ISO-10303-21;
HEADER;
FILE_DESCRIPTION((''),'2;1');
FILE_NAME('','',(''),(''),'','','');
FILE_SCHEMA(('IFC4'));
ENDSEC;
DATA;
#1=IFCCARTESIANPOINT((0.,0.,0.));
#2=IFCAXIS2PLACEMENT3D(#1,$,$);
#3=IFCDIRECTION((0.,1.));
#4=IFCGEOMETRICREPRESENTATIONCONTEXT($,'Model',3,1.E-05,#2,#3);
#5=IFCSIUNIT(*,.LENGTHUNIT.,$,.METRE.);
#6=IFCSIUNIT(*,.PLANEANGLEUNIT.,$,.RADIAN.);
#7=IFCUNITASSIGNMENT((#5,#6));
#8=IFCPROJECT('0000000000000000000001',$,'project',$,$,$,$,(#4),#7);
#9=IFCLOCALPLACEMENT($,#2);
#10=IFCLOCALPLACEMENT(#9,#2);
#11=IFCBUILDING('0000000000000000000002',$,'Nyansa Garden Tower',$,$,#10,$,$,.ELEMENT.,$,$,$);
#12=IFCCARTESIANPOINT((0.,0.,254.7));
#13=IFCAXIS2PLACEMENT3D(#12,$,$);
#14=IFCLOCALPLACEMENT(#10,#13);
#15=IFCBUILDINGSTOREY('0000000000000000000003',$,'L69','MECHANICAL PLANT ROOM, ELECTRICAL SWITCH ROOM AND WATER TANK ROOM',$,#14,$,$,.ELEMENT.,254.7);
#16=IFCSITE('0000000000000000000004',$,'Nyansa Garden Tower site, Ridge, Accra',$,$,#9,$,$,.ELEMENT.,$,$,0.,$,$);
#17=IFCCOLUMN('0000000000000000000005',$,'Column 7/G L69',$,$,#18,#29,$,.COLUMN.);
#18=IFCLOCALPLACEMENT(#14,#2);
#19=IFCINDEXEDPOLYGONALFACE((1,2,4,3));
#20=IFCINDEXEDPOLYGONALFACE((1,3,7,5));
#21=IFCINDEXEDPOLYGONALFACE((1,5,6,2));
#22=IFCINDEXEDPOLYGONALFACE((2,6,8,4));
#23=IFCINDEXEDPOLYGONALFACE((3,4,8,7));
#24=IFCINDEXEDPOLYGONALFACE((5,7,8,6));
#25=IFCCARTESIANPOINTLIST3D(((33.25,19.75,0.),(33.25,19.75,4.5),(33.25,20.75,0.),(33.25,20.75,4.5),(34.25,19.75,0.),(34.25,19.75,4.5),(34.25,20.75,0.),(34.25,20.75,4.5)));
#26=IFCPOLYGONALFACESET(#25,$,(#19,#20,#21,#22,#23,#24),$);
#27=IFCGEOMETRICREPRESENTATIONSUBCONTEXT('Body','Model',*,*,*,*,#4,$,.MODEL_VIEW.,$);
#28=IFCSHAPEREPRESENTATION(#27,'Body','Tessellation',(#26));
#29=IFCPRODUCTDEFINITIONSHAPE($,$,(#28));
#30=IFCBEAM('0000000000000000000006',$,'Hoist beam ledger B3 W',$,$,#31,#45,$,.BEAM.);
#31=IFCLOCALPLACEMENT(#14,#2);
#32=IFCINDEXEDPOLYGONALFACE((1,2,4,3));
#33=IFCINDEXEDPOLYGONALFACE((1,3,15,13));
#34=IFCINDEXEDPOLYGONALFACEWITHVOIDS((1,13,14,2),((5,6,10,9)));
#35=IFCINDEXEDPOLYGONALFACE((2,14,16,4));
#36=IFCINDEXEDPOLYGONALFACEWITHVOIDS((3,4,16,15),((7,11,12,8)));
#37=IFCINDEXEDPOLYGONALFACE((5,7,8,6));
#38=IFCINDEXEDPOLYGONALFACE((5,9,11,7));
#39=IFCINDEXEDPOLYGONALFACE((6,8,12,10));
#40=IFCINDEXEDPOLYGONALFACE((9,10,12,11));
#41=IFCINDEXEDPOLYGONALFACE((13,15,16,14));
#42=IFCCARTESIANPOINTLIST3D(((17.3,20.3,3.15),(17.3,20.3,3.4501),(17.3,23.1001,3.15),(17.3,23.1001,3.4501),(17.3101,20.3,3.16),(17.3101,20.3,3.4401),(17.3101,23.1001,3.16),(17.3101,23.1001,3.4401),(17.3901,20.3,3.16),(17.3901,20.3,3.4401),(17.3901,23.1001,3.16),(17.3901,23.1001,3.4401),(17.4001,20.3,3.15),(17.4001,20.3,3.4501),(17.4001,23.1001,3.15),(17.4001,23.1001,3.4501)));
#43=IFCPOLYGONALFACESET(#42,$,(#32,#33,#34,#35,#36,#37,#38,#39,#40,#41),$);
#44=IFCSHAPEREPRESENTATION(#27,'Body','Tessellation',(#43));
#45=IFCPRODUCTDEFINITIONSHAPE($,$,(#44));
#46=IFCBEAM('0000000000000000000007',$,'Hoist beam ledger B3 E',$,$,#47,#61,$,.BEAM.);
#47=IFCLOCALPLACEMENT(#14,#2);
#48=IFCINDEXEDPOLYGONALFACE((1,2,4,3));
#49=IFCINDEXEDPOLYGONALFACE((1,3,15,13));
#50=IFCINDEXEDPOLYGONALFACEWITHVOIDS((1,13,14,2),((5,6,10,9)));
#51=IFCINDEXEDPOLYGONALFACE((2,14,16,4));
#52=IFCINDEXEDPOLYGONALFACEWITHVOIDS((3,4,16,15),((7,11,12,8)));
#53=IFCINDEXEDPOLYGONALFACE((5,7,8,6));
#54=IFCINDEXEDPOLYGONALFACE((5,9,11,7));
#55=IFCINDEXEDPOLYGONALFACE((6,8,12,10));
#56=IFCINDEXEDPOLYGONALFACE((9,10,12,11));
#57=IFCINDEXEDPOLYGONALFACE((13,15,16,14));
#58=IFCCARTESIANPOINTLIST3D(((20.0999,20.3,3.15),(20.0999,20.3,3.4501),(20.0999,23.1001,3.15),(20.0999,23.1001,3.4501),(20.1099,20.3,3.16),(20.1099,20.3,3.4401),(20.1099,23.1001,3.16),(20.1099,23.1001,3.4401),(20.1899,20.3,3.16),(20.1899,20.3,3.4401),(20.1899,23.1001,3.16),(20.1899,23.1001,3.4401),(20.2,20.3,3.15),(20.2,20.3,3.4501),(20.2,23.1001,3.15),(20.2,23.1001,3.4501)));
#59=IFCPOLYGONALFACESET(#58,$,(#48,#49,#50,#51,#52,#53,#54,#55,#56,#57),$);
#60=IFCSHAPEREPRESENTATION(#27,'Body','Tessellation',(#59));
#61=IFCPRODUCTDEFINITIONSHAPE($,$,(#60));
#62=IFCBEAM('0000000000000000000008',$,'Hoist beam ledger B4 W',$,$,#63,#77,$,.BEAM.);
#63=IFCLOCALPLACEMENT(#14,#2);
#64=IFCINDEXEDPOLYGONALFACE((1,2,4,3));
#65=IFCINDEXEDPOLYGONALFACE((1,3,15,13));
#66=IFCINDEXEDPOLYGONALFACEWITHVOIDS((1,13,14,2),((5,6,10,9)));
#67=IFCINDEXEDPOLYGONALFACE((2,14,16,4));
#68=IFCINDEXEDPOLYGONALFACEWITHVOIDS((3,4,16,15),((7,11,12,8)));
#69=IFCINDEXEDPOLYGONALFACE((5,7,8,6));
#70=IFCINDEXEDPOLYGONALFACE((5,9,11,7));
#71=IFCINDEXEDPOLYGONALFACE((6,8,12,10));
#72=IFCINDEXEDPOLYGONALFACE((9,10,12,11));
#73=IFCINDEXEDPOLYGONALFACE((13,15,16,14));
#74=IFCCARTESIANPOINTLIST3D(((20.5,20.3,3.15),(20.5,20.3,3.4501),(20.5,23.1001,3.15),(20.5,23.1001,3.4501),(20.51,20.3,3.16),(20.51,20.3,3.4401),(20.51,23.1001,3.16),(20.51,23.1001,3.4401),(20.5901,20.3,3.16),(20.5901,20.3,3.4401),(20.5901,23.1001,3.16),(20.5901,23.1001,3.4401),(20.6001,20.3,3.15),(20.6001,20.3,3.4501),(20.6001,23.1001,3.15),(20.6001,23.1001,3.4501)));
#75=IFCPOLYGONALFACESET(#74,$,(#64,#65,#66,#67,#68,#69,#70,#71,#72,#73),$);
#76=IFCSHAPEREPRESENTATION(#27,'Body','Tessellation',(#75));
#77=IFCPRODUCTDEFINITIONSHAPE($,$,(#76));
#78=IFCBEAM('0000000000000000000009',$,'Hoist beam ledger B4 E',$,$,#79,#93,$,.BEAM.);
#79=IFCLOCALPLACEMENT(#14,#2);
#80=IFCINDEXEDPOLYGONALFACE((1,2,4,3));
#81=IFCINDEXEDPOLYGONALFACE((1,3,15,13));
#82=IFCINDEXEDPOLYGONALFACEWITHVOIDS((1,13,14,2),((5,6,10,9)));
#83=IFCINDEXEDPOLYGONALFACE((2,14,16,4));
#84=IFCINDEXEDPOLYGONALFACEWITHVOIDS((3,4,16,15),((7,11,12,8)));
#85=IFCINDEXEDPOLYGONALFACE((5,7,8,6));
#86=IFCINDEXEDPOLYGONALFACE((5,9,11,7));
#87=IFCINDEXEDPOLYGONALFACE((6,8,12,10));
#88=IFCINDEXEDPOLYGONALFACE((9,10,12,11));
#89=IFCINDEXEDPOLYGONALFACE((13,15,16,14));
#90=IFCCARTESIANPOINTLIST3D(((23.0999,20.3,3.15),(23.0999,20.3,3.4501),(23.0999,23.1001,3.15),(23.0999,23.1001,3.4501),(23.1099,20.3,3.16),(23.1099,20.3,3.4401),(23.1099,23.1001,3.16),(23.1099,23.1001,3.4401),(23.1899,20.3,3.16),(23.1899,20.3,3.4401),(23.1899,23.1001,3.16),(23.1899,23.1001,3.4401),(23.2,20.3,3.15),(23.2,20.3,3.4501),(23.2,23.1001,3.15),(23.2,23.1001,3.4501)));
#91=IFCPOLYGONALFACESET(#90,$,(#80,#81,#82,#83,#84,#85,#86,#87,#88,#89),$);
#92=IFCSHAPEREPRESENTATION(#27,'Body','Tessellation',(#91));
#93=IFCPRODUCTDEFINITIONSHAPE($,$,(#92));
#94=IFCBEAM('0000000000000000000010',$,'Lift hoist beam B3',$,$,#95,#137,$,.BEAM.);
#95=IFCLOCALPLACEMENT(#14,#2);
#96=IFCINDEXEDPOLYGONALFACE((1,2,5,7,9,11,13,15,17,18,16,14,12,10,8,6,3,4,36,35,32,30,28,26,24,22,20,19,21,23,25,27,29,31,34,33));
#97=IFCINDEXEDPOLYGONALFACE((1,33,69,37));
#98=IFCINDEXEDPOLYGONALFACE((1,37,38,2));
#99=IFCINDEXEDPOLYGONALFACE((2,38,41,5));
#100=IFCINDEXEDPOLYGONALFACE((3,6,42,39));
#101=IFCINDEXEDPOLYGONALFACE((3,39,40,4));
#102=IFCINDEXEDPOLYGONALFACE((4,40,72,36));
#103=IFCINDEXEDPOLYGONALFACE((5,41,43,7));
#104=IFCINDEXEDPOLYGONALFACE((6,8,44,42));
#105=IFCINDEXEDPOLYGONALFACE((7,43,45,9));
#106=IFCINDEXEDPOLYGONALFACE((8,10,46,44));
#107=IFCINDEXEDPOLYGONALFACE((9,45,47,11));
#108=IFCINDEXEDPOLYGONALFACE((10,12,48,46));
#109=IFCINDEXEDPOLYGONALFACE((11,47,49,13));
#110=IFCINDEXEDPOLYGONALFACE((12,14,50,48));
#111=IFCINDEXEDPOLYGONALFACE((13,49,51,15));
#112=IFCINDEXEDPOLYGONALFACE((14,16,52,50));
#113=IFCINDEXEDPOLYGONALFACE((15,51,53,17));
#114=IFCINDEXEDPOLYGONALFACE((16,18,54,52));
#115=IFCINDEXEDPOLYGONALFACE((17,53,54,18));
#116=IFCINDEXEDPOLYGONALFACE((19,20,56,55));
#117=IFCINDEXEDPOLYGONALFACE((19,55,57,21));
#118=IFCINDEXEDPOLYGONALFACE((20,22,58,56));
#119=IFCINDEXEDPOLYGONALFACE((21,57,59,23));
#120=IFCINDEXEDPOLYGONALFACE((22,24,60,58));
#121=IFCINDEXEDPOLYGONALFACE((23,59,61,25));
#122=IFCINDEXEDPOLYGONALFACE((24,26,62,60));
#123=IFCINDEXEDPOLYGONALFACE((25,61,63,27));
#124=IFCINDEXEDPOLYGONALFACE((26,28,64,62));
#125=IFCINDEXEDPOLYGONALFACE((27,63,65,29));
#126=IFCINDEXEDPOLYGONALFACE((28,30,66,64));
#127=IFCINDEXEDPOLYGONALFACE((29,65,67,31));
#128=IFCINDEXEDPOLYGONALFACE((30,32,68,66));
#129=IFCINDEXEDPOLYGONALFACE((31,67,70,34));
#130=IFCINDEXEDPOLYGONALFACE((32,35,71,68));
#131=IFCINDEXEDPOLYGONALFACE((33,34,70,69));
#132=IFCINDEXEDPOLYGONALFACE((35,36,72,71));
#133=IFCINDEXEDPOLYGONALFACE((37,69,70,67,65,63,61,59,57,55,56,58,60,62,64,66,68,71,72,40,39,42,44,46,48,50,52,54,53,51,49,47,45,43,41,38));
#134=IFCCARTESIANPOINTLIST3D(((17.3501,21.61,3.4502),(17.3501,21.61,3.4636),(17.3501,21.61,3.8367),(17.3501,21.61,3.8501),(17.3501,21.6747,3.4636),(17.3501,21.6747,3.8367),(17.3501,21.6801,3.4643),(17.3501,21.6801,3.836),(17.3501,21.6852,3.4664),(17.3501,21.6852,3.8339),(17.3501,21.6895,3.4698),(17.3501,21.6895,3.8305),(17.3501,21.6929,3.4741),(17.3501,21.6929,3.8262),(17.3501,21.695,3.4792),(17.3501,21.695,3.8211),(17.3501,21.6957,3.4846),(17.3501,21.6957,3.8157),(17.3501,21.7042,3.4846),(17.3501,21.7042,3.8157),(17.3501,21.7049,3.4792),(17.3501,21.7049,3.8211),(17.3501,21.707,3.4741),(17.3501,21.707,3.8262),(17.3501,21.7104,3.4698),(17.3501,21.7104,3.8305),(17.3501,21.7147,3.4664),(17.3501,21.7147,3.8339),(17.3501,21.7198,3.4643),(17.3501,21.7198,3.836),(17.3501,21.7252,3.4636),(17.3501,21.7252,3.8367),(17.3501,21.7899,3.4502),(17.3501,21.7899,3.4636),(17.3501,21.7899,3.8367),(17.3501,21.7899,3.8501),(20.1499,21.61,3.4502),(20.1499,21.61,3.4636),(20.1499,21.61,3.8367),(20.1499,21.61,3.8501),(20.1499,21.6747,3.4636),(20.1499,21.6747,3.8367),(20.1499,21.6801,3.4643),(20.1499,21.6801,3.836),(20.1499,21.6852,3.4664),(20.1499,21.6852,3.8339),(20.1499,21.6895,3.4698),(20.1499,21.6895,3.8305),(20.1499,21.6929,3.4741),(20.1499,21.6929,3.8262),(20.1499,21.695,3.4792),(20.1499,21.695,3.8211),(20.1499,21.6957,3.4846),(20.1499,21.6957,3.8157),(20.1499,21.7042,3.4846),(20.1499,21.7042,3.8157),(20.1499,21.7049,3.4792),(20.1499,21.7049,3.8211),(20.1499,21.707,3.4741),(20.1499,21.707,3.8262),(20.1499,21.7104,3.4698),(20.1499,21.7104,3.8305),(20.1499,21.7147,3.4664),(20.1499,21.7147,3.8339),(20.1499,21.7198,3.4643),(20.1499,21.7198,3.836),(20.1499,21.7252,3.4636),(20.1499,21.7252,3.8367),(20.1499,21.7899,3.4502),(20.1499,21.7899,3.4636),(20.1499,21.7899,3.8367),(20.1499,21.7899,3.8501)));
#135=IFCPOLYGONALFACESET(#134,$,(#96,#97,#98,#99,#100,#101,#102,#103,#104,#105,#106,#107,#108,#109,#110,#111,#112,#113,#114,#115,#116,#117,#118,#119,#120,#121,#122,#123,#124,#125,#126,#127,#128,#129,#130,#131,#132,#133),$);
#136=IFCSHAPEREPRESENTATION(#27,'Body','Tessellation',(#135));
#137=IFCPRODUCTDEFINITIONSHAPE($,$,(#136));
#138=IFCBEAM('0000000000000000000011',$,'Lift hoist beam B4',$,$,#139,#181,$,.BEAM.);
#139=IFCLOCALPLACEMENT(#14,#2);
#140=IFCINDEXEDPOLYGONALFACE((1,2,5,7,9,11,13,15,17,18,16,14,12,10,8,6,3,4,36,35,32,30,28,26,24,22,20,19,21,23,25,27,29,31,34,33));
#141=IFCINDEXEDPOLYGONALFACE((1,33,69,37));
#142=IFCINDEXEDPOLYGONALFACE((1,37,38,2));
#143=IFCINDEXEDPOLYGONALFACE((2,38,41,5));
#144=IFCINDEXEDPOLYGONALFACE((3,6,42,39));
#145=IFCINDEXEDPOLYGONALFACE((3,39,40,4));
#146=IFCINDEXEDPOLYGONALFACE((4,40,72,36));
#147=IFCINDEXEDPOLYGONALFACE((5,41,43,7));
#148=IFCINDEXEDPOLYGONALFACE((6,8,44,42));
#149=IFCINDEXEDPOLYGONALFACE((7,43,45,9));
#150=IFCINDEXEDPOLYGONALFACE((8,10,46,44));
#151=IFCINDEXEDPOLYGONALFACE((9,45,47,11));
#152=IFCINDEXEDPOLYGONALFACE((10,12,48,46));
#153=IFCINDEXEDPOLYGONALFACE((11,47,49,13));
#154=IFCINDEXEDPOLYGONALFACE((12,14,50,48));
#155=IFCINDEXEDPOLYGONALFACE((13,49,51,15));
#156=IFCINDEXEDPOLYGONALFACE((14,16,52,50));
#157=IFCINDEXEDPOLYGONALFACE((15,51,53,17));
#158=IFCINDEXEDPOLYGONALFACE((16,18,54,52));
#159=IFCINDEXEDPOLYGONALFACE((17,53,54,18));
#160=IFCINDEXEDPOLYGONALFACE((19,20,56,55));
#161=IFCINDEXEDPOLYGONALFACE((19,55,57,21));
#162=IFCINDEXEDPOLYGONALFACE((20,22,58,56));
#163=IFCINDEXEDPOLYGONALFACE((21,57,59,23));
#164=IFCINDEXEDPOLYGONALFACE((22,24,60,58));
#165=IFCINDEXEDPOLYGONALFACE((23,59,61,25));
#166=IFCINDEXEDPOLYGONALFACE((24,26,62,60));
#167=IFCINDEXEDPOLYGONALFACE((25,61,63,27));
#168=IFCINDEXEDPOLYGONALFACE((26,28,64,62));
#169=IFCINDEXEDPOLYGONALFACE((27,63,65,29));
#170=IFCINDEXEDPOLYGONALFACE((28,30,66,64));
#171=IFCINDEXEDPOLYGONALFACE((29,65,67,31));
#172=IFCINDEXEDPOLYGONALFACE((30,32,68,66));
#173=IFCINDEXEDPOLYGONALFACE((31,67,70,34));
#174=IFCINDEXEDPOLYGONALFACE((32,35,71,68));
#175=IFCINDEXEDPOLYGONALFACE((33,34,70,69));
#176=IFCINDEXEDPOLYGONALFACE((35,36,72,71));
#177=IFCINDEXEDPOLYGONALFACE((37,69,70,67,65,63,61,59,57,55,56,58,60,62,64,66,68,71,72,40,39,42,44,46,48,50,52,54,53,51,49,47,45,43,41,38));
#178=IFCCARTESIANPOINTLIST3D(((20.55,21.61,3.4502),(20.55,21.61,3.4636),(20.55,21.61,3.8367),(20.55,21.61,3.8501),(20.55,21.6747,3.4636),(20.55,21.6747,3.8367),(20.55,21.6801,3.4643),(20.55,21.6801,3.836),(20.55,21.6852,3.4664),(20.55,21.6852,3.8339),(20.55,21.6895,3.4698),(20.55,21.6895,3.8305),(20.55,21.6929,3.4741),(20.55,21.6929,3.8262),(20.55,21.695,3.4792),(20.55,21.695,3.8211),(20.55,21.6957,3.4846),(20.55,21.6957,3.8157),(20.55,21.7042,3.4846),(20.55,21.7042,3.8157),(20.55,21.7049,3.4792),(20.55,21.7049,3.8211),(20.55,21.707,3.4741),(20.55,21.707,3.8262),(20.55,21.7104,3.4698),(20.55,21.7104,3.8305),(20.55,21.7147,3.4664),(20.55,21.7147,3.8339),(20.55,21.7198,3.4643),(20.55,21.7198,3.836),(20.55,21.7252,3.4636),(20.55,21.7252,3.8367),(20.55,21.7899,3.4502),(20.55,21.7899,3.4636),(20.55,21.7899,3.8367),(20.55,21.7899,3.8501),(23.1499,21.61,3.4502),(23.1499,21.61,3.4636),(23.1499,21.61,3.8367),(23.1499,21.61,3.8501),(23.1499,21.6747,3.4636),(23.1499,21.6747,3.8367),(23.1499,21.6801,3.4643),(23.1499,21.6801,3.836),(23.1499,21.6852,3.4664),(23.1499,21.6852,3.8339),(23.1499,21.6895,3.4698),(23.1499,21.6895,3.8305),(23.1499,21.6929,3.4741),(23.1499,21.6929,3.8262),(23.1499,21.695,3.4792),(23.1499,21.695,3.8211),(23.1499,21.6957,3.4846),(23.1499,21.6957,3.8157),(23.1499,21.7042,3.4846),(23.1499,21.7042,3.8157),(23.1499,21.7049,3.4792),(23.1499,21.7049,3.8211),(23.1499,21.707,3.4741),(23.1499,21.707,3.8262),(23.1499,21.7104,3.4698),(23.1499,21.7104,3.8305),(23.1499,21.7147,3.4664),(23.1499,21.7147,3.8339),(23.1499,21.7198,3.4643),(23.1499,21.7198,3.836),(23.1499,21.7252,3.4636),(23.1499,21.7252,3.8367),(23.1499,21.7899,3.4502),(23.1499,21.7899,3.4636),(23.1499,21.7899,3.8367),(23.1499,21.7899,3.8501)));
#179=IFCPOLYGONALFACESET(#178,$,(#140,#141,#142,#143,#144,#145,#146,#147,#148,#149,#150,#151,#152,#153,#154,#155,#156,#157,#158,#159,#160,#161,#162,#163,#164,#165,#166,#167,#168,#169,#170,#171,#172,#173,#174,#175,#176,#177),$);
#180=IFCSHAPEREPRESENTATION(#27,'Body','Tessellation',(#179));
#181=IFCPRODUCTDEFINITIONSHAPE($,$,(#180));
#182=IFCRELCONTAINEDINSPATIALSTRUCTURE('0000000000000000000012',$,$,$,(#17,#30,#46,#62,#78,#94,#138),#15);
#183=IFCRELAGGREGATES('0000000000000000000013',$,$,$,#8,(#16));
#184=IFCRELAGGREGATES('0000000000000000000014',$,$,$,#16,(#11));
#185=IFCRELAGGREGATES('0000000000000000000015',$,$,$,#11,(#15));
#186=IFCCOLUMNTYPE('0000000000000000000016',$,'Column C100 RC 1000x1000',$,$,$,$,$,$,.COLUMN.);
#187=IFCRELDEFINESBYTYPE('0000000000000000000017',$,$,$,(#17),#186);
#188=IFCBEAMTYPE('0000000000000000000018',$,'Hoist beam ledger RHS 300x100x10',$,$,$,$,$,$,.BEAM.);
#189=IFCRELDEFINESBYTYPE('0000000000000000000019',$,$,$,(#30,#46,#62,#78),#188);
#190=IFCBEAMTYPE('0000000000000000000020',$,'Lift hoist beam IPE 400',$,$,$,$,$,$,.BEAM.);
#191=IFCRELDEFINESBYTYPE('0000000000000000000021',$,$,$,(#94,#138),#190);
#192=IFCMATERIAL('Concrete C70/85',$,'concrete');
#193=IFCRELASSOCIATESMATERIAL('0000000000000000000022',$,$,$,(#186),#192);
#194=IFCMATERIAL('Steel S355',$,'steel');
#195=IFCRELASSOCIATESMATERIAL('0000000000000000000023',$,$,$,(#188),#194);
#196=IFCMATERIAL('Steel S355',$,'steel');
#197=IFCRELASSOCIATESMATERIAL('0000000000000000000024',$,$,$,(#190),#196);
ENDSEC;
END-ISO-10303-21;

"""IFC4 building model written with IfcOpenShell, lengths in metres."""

from ifc_helpers import new_model, si_unit, direction, frame, origin, origin_2d, place, context, subcontext, project, spatial, rectangle, hollow_rectangle, i_section, extrude, material, material_profile, profile_set, type_object, element, save


model = new_model("IFC4")

# Units and contexts
model_context = context("Model", 3, precision=1e-05, world=origin(), true_north=direction((0.0, 1.0)))
body_context = subcontext(model_context, "Body", "Model", "MODEL_VIEW")
ifc_project = project(units=[si_unit("LENGTHUNIT", "METRE"), si_unit("PLANEANGLEUNIT", "RADIAN")], contexts=[model_context])

# Site, building, storey
site_placement = place(None, origin())
site = spatial("IfcSite", under=ifc_project, at=site_placement, Name="Nyansa Garden Tower site, Ridge, Accra", CompositionType="ELEMENT", RefElevation=0.0)
building_placement = place(site_placement, origin())
building = spatial("IfcBuilding", under=site, at=building_placement, Name="Nyansa Garden Tower", CompositionType="ELEMENT")
storey_placement = place(building_placement, frame((0.0, 0.0, 254.7)))
storey = spatial("IfcBuildingStorey", under=building, at=storey_placement, Name="L69", Description="MECHANICAL PLANT ROOM, ELECTRICAL SWITCH ROOM AND WATER TANK ROOM", CompositionType="ELEMENT", Elevation=254.7)

# Column
ifc_material_1 = material(Name="Concrete C70/85", Category="concrete")
ifc_material_profile_1 = material_profile(ifc_material_1, rectangle(XDim=1.0, YDim=1.0, at=origin_2d()), Name="RC 1000x1000")
ifc_profile_set_1 = profile_set([ifc_material_profile_1], Name="Concrete C70/85")
column_type = type_object("IfcColumnType", Name="Column C100 RC 1000x1000", PredefinedType="COLUMN", material=ifc_profile_set_1)
column_placement = place(storey_placement, frame((33.75, 20.25, 0.0), z_axis=(0.0, 0.0, 1.0), x_axis=(1.0, 0.0, 0.0)))
element("IfcColumn", 1, at=column_placement, inside=storey, type_object=column_type, Name="Column 7/G L69", PredefinedType="COLUMN", context=body_context, shape_type="SweptSolid", body=[
    extrude(rectangle(XDim=1.0, YDim=1.0, at=origin_2d()), origin(), (0.0, 0.0, 1.0), 4.5),
])

# Beams
ifc_material_2 = material(Name="Steel S355", Category="steel")
ifc_material_profile_2 = material_profile(ifc_material_2, hollow_rectangle(XDim=0.1001, YDim=0.3, WallThickness=0.01, at=origin_2d()), Name="RHS 300x100x10")
ifc_profile_set_2 = profile_set([ifc_material_profile_2], Name="Steel S355")
beam_type_1 = type_object("IfcBeamType", Name="Hoist beam ledger RHS 300x100x10", PredefinedType="BEAM", material=ifc_profile_set_2)
for number, where, z_axis, x_axis, name in (
    (2, (17.3501, 20.3, 3.3), (0.0, 1.0, 0.0), (-1.0, 0.0, 0.0), "Hoist beam ledger B3 W"),
    (3, (20.1499, 20.3, 3.3), (0.0, 1.0, 0.0), (-1.0, 0.0, 0.0), "Hoist beam ledger B3 E"),
    (4, (20.55, 20.3, 3.3), (0.0, 1.0, 0.0), (-1.0, 0.0, 0.0), "Hoist beam ledger B4 W"),
    (5, (23.1499, 20.3, 3.3), (0.0, 1.0, 0.0), (-1.0, 0.0, 0.0), "Hoist beam ledger B4 E"),
):
    element("IfcBeam", number, at=place(storey_placement, frame(where, z_axis=z_axis, x_axis=x_axis)), inside=storey, type_object=beam_type_1, Name=name, PredefinedType="BEAM", context=body_context, shape_type="SweptSolid", body=[
        extrude(hollow_rectangle(XDim=0.1001, YDim=0.3, WallThickness=0.01, at=origin_2d()), origin(), (0.0, 0.0, 1.0), 2.8),
    ])
ifc_material_3 = material(Name="Steel S355", Category="steel")
ifc_material_profile_3 = material_profile(ifc_material_3, i_section(OverallWidth=0.1799, OverallDepth=0.3999, WebThickness=0.0085, FlangeThickness=0.0134, FilletRadius=0.021, at=origin_2d()), Name="IPE 400")
ifc_profile_set_3 = profile_set([ifc_material_profile_3], Name="Steel S355")
beam_type_2 = type_object("IfcBeamType", Name="Lift hoist beam IPE 400", PredefinedType="BEAM", material=ifc_profile_set_3)
beam_1_placement = place(storey_placement, frame((17.3501, 21.7, 3.6501), z_axis=(1.0, 0.0, 0.0), x_axis=(0.0, 1.0, 0.0)))
element("IfcBeam", 6, at=beam_1_placement, inside=storey, type_object=beam_type_2, Name="Lift hoist beam B3", PredefinedType="BEAM", context=body_context, shape_type="SweptSolid", body=[
    extrude(i_section(OverallWidth=0.1799, OverallDepth=0.3999, WebThickness=0.0085, FlangeThickness=0.0134, FilletRadius=0.021, at=origin_2d()), origin(), (0.0, 0.0, 1.0), 2.7998),
])
beam_2_placement = place(storey_placement, frame((20.55, 21.7, 3.6501), z_axis=(1.0, 0.0, 0.0), x_axis=(0.0, 1.0, 0.0)))
element("IfcBeam", 7, at=beam_2_placement, inside=storey, type_object=beam_type_2, Name="Lift hoist beam B4", PredefinedType="BEAM", context=body_context, shape_type="SweptSolid", body=[
    extrude(i_section(OverallWidth=0.1799, OverallDepth=0.3999, WebThickness=0.0085, FlangeThickness=0.0134, FilletRadius=0.021, at=origin_2d()), origin(), (0.0, 0.0, 1.0), 2.5999),
])

save(model, "model.ifc")
